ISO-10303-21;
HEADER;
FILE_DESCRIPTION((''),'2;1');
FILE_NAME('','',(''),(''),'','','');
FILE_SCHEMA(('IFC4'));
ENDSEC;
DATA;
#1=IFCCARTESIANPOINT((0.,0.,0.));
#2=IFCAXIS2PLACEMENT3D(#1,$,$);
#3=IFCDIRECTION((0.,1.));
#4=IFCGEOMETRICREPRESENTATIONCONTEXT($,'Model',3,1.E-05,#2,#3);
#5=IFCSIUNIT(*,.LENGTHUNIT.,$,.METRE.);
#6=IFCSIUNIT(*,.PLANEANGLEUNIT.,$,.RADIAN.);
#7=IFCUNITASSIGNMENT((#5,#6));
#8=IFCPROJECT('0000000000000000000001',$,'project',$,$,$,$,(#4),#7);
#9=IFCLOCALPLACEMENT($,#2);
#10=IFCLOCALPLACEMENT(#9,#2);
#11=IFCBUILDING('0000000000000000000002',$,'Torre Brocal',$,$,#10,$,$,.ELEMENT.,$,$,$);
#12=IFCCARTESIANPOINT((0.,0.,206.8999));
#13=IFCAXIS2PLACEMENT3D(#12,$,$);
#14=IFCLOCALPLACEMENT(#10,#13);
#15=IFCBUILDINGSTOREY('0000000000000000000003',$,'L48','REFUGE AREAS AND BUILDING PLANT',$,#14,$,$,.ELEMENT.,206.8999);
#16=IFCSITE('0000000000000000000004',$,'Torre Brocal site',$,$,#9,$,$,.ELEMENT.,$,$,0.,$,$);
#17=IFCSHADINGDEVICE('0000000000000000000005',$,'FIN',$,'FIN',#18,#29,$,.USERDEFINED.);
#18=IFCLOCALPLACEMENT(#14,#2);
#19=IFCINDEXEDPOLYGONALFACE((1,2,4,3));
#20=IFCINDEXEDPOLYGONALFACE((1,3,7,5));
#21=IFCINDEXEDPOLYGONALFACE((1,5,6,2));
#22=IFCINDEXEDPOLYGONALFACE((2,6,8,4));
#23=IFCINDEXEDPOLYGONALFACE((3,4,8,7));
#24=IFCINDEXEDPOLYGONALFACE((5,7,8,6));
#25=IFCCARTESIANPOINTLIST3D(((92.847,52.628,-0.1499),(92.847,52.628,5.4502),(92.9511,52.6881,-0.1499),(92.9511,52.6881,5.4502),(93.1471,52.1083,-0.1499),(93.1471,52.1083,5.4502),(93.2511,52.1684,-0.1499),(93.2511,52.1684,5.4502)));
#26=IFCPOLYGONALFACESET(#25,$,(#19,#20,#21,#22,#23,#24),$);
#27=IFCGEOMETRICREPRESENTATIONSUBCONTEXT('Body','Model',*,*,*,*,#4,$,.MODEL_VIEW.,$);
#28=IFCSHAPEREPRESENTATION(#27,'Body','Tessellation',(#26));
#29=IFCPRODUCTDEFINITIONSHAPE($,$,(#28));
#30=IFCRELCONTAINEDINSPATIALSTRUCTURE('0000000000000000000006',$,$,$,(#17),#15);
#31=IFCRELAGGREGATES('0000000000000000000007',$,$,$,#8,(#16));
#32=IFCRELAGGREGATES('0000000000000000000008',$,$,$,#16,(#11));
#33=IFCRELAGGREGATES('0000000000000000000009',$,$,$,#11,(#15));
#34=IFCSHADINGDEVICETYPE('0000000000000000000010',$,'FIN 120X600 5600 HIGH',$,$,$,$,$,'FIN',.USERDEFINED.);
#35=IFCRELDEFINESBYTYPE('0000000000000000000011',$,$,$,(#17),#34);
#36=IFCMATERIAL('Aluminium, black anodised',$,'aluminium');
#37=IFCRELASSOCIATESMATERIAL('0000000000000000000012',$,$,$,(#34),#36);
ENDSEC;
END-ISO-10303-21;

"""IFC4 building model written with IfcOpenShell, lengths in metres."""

from ifc_helpers import new_model, si_unit, direction, frame, origin, origin_2d, place, context, subcontext, project, spatial, rectangle, extrude, material, material_profile, profile_set, type_object, element, save


model = new_model("IFC4")

# Units and contexts
model_context = context("Model", 3, precision=1e-05, world=origin(), true_north=direction((0.0, 1.0)))
body_context = subcontext(model_context, "Body", "Model", "MODEL_VIEW")
ifc_project = project(units=[si_unit("LENGTHUNIT", "METRE"), si_unit("PLANEANGLEUNIT", "RADIAN")], contexts=[model_context])

# Site, building, storey
site_placement = place(None, origin())
site = spatial("IfcSite", under=ifc_project, at=site_placement, Name="Torre Brocal site", CompositionType="ELEMENT", RefElevation=0.0)
building_placement = place(site_placement, origin())
building = spatial("IfcBuilding", under=site, at=building_placement, Name="Torre Brocal", CompositionType="ELEMENT")
storey_placement = place(building_placement, frame((0.0, 0.0, 206.8999)))
storey = spatial("IfcBuildingStorey", under=building, at=storey_placement, Name="L48", Description="REFUGE AREAS AND BUILDING PLANT", CompositionType="ELEMENT", Elevation=206.8999)

# Shading device
ifc_material_1 = material(Name="Aluminium, black anodised", Category="aluminium")
ifc_material_profile_1 = material_profile(ifc_material_1, rectangle(XDim=0.1201, YDim=0.6001, at=origin_2d()), Name="FIN 120X600 5600 HIGH")
ifc_profile_set_1 = profile_set([ifc_material_profile_1], Name="Aluminium, black anodised")
shading_device_type = type_object("IfcShadingDeviceType", Name="FIN 120X600 5600 HIGH", ElementType="FIN", PredefinedType="USERDEFINED", material=ifc_profile_set_1)
shading_device_placement = place(storey_placement, frame((93.0491, 52.3982, -0.1499), z_axis=(0.0, 0.0, 1.0), x_axis=(0.866025, 0.5, 0.0)))
element("IfcShadingDevice", 1, at=shading_device_placement, inside=storey, type_object=shading_device_type, Name="FIN", ObjectType="FIN", PredefinedType="USERDEFINED", context=body_context, shape_type="SweptSolid", body=[
    extrude(rectangle(XDim=0.1201, YDim=0.6001, at=origin_2d()), origin(), (0.0, 0.0, 1.0), 5.6001),
])

save(model, "model.ifc")
